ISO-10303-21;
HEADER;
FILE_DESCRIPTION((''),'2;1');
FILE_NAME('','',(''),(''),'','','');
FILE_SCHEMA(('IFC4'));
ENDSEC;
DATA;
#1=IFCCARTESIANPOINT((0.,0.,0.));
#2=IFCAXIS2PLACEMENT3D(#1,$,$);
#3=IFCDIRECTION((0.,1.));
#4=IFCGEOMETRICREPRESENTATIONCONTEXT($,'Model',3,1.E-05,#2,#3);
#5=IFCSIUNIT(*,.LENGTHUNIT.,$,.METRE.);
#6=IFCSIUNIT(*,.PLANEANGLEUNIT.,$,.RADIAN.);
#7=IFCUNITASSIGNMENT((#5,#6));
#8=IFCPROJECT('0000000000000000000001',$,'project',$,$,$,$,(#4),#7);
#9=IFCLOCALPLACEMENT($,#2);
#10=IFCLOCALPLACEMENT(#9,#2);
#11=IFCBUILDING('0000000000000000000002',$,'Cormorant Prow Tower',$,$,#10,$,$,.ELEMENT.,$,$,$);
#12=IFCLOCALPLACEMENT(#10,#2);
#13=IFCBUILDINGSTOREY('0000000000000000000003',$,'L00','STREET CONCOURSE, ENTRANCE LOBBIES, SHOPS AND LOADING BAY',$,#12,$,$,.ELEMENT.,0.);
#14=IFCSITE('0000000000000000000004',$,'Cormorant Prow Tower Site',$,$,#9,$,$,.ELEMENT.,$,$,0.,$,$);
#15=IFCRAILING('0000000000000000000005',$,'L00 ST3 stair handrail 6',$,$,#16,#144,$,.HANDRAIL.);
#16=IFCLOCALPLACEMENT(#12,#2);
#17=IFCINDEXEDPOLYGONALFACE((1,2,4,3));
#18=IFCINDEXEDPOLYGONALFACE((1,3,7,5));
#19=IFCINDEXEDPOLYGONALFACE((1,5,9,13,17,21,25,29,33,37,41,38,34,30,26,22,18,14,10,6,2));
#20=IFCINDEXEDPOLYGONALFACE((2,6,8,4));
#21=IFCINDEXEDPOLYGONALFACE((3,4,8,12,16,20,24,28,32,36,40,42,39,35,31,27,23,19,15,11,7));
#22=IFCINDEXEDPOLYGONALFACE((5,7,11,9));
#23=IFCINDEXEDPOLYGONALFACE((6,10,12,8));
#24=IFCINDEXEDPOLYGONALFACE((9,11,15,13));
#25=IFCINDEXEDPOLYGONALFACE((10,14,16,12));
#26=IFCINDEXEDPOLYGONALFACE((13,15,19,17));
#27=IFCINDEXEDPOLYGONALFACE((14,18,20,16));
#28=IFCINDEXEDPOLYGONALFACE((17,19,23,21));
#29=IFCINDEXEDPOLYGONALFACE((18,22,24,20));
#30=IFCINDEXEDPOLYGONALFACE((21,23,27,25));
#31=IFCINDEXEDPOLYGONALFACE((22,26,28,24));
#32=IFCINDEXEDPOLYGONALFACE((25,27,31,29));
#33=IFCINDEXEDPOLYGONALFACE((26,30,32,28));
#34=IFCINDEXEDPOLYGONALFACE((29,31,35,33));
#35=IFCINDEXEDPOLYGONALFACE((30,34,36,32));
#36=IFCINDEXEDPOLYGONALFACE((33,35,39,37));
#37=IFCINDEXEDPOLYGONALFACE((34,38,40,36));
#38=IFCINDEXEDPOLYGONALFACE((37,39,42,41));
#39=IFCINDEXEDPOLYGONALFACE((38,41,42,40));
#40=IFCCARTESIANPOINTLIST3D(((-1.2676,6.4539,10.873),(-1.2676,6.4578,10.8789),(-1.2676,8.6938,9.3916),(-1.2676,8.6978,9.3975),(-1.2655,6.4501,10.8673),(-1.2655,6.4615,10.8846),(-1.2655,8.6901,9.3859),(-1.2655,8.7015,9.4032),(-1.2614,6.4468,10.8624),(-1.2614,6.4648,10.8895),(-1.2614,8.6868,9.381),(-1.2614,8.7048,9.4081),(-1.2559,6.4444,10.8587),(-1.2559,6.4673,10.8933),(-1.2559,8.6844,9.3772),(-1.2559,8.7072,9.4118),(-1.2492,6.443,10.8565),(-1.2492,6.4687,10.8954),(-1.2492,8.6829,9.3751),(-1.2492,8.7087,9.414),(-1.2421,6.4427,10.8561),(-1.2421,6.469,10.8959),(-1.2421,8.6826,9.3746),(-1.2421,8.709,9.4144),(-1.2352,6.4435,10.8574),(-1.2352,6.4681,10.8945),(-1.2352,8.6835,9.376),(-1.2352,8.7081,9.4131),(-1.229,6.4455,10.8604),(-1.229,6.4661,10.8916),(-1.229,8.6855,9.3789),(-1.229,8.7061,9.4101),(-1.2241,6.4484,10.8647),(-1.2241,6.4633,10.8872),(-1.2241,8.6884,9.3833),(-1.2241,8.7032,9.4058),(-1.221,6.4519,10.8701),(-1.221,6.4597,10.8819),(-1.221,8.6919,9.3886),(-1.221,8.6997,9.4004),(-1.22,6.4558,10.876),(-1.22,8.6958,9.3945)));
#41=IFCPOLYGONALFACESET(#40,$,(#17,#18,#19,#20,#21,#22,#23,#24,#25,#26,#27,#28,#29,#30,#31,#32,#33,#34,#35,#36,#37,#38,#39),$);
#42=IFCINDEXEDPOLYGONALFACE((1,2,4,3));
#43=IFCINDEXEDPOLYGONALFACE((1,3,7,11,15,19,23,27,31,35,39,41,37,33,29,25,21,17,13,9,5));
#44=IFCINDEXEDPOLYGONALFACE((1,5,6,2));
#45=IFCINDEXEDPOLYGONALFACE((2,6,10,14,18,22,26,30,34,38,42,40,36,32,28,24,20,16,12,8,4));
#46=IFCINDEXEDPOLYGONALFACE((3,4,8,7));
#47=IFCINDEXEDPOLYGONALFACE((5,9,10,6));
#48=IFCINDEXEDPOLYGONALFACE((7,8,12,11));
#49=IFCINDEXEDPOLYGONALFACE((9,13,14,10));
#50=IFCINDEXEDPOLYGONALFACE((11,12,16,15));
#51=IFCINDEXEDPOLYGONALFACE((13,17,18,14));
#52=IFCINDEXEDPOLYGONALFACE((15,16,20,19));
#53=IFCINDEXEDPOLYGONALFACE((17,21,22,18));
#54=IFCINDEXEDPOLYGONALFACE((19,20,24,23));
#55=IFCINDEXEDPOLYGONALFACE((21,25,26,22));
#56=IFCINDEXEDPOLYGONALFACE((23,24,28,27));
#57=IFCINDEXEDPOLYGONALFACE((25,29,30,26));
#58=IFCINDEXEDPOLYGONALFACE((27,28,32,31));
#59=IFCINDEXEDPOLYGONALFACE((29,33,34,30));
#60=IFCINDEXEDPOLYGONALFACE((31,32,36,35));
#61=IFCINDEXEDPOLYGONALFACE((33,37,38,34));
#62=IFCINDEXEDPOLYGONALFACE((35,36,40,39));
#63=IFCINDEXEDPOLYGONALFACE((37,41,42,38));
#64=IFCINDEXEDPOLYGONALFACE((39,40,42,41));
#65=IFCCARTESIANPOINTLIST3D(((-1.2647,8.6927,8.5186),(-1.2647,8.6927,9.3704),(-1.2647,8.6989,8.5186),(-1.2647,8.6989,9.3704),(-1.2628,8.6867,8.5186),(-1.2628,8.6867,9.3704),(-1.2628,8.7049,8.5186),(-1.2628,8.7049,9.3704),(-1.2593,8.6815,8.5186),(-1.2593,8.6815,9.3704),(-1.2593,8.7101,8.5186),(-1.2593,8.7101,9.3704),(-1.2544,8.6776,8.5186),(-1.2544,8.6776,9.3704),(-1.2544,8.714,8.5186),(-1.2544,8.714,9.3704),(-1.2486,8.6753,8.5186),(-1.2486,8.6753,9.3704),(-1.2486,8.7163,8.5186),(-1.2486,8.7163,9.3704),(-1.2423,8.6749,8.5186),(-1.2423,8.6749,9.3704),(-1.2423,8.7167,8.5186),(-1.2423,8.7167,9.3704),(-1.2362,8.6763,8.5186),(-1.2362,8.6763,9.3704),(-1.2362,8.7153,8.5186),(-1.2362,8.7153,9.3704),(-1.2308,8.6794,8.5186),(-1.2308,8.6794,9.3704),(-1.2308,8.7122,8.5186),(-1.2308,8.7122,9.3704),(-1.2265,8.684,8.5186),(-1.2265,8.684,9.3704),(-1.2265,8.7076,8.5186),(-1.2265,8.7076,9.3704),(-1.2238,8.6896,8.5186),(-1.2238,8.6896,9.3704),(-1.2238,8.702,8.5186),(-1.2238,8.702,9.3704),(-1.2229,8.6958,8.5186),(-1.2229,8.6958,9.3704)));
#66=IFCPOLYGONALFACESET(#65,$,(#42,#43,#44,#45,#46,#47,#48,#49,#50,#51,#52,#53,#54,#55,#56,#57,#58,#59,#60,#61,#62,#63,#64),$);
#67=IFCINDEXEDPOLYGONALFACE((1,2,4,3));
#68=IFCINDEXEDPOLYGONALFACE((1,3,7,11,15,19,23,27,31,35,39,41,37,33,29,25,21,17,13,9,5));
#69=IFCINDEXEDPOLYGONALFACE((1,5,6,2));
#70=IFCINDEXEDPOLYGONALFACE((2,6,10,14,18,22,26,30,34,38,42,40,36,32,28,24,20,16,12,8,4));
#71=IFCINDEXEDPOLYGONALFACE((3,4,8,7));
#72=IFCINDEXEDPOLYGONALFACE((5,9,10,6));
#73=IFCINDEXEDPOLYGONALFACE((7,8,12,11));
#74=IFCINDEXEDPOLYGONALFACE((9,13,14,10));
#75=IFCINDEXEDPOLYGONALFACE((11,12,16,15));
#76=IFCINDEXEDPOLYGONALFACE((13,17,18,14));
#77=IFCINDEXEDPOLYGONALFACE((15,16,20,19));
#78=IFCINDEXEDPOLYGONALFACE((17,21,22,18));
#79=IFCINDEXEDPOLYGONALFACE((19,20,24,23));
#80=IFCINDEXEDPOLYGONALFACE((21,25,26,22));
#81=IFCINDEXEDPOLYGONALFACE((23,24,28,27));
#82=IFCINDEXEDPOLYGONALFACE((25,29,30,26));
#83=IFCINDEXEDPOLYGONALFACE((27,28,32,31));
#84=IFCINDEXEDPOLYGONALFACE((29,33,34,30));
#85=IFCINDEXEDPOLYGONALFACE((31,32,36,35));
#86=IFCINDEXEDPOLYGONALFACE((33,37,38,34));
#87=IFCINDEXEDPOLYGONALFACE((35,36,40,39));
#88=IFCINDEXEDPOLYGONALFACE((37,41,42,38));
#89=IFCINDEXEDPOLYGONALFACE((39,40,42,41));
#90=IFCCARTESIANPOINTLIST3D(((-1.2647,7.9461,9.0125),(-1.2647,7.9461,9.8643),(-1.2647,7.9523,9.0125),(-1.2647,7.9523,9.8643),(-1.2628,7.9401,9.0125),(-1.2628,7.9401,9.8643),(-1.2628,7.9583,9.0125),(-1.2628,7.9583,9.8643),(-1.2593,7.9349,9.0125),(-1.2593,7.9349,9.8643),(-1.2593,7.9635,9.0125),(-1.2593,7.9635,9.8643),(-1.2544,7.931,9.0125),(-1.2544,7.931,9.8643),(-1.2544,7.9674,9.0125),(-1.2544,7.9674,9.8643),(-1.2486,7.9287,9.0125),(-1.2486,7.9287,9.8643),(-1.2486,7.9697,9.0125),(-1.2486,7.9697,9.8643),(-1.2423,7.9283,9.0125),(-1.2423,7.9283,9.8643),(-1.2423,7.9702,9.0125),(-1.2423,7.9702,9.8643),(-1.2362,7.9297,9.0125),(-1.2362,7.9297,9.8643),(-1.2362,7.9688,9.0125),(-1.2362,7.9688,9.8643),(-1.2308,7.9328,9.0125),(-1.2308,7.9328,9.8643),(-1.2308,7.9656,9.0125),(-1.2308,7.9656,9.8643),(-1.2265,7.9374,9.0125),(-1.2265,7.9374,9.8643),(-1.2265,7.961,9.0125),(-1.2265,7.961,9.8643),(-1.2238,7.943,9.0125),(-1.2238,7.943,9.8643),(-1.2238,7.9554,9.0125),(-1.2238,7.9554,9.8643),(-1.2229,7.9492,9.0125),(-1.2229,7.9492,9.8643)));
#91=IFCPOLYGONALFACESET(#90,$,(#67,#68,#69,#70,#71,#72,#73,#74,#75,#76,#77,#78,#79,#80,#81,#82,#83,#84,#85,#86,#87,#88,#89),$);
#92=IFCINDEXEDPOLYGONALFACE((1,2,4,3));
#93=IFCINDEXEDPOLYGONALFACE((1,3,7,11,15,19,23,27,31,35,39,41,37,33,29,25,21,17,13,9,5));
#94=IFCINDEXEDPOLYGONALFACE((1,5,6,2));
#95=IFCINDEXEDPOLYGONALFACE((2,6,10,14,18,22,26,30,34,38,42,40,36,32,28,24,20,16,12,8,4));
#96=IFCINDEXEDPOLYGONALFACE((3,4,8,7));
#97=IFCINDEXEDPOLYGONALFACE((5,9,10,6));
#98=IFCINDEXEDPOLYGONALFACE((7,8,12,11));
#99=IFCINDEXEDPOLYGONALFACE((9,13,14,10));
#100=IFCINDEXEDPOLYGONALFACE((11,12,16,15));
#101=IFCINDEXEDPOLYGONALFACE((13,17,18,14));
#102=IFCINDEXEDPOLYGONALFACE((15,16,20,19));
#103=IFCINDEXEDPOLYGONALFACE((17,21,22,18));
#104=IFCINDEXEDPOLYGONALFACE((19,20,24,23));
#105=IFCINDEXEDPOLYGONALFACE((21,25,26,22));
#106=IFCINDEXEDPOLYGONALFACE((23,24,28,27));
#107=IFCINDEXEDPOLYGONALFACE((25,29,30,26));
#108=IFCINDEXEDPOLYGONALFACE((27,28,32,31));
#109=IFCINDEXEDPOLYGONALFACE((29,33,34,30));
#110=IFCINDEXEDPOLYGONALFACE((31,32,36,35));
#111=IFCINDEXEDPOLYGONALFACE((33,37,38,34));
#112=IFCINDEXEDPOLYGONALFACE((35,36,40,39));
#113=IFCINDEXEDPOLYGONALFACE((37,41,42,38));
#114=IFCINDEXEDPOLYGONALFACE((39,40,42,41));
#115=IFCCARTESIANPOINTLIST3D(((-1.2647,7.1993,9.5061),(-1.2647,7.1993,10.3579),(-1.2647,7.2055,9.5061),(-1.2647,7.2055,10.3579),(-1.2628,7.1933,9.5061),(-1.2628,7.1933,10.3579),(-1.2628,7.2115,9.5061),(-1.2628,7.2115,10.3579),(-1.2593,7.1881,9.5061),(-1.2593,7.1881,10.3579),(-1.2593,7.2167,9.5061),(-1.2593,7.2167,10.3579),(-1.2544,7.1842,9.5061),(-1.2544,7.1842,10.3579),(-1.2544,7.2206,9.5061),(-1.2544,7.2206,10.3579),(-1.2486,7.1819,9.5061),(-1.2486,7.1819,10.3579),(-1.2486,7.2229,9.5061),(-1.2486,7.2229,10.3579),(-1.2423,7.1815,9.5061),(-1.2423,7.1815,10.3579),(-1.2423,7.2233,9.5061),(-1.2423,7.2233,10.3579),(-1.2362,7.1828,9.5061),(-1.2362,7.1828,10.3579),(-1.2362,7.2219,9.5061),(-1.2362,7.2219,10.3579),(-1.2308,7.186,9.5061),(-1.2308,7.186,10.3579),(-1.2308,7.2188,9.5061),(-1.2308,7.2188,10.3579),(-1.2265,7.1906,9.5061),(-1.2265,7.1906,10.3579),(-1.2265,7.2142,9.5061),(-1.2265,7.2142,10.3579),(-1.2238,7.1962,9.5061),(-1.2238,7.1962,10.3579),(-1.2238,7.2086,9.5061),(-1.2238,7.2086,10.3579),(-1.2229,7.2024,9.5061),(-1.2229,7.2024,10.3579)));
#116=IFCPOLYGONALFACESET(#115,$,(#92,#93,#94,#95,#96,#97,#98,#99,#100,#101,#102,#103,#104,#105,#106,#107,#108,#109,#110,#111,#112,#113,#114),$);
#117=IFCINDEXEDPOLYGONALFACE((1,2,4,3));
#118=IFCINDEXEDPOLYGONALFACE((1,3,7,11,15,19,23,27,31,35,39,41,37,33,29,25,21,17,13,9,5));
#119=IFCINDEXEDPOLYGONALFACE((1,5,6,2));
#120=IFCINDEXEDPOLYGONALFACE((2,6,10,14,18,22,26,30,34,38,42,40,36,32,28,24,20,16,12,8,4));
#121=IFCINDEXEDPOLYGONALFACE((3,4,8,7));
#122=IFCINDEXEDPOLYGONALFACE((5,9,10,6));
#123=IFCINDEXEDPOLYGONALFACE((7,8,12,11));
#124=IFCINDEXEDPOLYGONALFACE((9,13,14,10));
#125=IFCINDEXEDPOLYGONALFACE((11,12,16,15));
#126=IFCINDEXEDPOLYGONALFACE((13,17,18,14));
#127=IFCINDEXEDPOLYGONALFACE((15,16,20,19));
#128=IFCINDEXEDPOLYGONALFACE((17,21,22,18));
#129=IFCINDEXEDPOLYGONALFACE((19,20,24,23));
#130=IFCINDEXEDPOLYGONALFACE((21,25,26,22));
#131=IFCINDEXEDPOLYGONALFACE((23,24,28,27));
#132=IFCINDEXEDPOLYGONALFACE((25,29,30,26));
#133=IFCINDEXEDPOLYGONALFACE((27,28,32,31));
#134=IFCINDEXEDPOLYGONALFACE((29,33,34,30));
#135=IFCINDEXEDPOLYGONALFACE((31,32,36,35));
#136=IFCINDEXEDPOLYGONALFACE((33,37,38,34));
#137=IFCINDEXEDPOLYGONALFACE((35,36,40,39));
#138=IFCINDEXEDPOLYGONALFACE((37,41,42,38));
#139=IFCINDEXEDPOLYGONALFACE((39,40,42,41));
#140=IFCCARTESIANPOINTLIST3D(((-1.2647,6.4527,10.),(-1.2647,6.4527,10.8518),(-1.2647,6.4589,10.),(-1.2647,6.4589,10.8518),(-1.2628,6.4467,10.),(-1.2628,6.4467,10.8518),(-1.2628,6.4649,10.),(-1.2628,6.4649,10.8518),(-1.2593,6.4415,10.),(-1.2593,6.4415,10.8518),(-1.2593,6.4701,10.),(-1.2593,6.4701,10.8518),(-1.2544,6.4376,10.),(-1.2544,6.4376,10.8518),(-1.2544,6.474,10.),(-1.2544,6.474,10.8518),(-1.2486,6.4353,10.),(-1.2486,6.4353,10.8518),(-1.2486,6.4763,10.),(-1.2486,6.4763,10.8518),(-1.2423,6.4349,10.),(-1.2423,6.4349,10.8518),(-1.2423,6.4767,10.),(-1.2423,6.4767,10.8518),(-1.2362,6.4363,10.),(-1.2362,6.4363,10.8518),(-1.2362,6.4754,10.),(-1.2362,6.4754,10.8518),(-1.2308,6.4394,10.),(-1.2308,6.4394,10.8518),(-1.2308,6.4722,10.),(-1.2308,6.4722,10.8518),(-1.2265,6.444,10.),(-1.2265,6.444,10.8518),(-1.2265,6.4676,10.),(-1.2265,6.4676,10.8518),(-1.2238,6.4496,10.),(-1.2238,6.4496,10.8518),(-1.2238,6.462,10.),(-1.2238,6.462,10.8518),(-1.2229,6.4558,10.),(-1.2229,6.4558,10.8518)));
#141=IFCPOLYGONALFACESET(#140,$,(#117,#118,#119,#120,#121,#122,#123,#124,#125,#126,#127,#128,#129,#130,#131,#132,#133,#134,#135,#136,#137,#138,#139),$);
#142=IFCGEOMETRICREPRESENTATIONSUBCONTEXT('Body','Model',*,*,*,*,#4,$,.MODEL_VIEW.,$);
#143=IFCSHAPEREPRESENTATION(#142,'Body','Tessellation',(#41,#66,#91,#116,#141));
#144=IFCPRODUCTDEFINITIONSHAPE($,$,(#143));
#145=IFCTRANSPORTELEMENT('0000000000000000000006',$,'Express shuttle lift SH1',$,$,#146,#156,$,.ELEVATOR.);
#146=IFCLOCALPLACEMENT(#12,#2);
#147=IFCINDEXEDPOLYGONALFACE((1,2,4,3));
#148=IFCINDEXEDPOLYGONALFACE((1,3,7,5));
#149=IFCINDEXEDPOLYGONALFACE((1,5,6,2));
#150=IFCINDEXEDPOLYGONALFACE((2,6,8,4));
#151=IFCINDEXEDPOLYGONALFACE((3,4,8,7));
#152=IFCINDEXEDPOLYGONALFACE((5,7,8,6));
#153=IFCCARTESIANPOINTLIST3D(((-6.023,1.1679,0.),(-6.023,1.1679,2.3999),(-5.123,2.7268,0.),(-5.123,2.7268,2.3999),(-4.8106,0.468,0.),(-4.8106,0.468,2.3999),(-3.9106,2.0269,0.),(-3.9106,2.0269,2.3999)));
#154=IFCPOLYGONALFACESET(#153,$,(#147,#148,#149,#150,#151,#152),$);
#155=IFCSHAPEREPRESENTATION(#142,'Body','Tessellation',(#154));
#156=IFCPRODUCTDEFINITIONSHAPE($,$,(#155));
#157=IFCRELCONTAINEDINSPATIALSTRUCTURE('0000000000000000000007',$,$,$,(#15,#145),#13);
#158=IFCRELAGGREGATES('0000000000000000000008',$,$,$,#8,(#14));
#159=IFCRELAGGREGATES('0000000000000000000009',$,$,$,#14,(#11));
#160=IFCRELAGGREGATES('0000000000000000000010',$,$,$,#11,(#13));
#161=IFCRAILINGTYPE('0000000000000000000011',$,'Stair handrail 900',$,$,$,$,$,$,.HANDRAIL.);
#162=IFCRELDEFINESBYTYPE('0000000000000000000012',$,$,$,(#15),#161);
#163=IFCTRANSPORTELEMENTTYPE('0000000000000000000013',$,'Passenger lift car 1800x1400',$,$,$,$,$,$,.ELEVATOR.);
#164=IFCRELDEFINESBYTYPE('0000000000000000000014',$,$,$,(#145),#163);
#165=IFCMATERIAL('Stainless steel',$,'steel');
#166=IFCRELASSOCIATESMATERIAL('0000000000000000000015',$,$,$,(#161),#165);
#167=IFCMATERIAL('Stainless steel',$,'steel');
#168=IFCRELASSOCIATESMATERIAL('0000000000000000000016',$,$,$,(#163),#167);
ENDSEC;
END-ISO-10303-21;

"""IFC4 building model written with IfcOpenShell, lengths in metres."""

from ifc_helpers import new_model, si_unit, direction, frame, origin, origin_2d, place, context, subcontext, project, spatial, rectangle, circle, extrude, material, type_object, element, save


model = new_model("IFC4")

# Units and contexts
model_context = context("Model", 3, precision=1e-05, world=origin(), true_north=direction((0.0, 1.0)))
body_context = subcontext(model_context, "Body", "Model", "MODEL_VIEW")
ifc_project = project(units=[si_unit("LENGTHUNIT", "METRE"), si_unit("PLANEANGLEUNIT", "RADIAN")], contexts=[model_context])

# Site, building, storey
site_placement = place(None, origin())
site = spatial("IfcSite", under=ifc_project, at=site_placement, Name="Cormorant Prow Tower Site", CompositionType="ELEMENT", RefElevation=0.0)
building_placement = place(site_placement, origin())
building = spatial("IfcBuilding", under=site, at=building_placement, Name="Cormorant Prow Tower", CompositionType="ELEMENT")
storey_placement = place(building_placement, origin())
storey = spatial("IfcBuildingStorey", under=building, at=storey_placement, Name="L00", Description="STREET CONCOURSE, ENTRANCE LOBBIES, SHOPS AND LOADING BAY", CompositionType="ELEMENT", Elevation=0.0)

# Railing
ifc_material_1 = material(Name="Stainless steel", Category="steel")
railing_type = type_object("IfcRailingType", Name="Stair handrail 900", PredefinedType="HANDRAIL", material=ifc_material_1)
for number, where, name in (
    (1, (-1.2439, 8.6958, 8.5186), "L00 ST3 stair handrail 6"),
):
    element("IfcRailing", number, at=place(storey_placement, frame(where)), inside=storey, type_object=railing_type, Name=name, PredefinedType="HANDRAIL", context=body_context, shape_type="SweptSolid", body=[
        extrude(circle(Radius=0.0239, at=origin_2d()), frame((0.0, 0.0, 0.876), z_axis=(0.0, -0.834087, 0.551634), x_axis=(1.0, 0.0, 0.0)), (0.0, 0.0, 1.0), 2.6855),
        extrude(circle(Radius=0.021, at=origin_2d()), origin(), (0.0, 0.0, 1.0), 0.8518),
        extrude(circle(Radius=0.021, at=origin_2d()), frame((0.0, -0.7466, 0.4939)), (0.0, 0.0, 1.0), 0.8518),
        extrude(circle(Radius=0.021, at=origin_2d()), frame((0.0, -1.4934, 0.9875)), (0.0, 0.0, 1.0), 0.8518),
        extrude(circle(Radius=0.021, at=origin_2d()), frame((0.0, -2.24, 1.4814)), (0.0, 0.0, 1.0), 0.8518),
    ])

# Transport element
ifc_material_2 = material(Name="Stainless steel", Category="steel")
transport_element_type = type_object("IfcTransportElementType", Name="Passenger lift car 1800x1400", PredefinedType="ELEVATOR", material=ifc_material_2)
transport_element_placement = place(storey_placement, frame((-4.9668, 1.5974, 0.0), z_axis=(0.0, 0.0, 1.0), x_axis=(-0.5, -0.866025, 0.0)))
element("IfcTransportElement", 2, at=transport_element_placement, inside=storey, type_object=transport_element_type, Name="Express shuttle lift SH1", PredefinedType="ELEVATOR", context=body_context, shape_type="SweptSolid", body=[
    extrude(rectangle(XDim=1.8, YDim=1.3999, at=origin_2d()), origin(), (0.0, 0.0, 1.0), 2.3999),
])

save(model, "model.ifc")
